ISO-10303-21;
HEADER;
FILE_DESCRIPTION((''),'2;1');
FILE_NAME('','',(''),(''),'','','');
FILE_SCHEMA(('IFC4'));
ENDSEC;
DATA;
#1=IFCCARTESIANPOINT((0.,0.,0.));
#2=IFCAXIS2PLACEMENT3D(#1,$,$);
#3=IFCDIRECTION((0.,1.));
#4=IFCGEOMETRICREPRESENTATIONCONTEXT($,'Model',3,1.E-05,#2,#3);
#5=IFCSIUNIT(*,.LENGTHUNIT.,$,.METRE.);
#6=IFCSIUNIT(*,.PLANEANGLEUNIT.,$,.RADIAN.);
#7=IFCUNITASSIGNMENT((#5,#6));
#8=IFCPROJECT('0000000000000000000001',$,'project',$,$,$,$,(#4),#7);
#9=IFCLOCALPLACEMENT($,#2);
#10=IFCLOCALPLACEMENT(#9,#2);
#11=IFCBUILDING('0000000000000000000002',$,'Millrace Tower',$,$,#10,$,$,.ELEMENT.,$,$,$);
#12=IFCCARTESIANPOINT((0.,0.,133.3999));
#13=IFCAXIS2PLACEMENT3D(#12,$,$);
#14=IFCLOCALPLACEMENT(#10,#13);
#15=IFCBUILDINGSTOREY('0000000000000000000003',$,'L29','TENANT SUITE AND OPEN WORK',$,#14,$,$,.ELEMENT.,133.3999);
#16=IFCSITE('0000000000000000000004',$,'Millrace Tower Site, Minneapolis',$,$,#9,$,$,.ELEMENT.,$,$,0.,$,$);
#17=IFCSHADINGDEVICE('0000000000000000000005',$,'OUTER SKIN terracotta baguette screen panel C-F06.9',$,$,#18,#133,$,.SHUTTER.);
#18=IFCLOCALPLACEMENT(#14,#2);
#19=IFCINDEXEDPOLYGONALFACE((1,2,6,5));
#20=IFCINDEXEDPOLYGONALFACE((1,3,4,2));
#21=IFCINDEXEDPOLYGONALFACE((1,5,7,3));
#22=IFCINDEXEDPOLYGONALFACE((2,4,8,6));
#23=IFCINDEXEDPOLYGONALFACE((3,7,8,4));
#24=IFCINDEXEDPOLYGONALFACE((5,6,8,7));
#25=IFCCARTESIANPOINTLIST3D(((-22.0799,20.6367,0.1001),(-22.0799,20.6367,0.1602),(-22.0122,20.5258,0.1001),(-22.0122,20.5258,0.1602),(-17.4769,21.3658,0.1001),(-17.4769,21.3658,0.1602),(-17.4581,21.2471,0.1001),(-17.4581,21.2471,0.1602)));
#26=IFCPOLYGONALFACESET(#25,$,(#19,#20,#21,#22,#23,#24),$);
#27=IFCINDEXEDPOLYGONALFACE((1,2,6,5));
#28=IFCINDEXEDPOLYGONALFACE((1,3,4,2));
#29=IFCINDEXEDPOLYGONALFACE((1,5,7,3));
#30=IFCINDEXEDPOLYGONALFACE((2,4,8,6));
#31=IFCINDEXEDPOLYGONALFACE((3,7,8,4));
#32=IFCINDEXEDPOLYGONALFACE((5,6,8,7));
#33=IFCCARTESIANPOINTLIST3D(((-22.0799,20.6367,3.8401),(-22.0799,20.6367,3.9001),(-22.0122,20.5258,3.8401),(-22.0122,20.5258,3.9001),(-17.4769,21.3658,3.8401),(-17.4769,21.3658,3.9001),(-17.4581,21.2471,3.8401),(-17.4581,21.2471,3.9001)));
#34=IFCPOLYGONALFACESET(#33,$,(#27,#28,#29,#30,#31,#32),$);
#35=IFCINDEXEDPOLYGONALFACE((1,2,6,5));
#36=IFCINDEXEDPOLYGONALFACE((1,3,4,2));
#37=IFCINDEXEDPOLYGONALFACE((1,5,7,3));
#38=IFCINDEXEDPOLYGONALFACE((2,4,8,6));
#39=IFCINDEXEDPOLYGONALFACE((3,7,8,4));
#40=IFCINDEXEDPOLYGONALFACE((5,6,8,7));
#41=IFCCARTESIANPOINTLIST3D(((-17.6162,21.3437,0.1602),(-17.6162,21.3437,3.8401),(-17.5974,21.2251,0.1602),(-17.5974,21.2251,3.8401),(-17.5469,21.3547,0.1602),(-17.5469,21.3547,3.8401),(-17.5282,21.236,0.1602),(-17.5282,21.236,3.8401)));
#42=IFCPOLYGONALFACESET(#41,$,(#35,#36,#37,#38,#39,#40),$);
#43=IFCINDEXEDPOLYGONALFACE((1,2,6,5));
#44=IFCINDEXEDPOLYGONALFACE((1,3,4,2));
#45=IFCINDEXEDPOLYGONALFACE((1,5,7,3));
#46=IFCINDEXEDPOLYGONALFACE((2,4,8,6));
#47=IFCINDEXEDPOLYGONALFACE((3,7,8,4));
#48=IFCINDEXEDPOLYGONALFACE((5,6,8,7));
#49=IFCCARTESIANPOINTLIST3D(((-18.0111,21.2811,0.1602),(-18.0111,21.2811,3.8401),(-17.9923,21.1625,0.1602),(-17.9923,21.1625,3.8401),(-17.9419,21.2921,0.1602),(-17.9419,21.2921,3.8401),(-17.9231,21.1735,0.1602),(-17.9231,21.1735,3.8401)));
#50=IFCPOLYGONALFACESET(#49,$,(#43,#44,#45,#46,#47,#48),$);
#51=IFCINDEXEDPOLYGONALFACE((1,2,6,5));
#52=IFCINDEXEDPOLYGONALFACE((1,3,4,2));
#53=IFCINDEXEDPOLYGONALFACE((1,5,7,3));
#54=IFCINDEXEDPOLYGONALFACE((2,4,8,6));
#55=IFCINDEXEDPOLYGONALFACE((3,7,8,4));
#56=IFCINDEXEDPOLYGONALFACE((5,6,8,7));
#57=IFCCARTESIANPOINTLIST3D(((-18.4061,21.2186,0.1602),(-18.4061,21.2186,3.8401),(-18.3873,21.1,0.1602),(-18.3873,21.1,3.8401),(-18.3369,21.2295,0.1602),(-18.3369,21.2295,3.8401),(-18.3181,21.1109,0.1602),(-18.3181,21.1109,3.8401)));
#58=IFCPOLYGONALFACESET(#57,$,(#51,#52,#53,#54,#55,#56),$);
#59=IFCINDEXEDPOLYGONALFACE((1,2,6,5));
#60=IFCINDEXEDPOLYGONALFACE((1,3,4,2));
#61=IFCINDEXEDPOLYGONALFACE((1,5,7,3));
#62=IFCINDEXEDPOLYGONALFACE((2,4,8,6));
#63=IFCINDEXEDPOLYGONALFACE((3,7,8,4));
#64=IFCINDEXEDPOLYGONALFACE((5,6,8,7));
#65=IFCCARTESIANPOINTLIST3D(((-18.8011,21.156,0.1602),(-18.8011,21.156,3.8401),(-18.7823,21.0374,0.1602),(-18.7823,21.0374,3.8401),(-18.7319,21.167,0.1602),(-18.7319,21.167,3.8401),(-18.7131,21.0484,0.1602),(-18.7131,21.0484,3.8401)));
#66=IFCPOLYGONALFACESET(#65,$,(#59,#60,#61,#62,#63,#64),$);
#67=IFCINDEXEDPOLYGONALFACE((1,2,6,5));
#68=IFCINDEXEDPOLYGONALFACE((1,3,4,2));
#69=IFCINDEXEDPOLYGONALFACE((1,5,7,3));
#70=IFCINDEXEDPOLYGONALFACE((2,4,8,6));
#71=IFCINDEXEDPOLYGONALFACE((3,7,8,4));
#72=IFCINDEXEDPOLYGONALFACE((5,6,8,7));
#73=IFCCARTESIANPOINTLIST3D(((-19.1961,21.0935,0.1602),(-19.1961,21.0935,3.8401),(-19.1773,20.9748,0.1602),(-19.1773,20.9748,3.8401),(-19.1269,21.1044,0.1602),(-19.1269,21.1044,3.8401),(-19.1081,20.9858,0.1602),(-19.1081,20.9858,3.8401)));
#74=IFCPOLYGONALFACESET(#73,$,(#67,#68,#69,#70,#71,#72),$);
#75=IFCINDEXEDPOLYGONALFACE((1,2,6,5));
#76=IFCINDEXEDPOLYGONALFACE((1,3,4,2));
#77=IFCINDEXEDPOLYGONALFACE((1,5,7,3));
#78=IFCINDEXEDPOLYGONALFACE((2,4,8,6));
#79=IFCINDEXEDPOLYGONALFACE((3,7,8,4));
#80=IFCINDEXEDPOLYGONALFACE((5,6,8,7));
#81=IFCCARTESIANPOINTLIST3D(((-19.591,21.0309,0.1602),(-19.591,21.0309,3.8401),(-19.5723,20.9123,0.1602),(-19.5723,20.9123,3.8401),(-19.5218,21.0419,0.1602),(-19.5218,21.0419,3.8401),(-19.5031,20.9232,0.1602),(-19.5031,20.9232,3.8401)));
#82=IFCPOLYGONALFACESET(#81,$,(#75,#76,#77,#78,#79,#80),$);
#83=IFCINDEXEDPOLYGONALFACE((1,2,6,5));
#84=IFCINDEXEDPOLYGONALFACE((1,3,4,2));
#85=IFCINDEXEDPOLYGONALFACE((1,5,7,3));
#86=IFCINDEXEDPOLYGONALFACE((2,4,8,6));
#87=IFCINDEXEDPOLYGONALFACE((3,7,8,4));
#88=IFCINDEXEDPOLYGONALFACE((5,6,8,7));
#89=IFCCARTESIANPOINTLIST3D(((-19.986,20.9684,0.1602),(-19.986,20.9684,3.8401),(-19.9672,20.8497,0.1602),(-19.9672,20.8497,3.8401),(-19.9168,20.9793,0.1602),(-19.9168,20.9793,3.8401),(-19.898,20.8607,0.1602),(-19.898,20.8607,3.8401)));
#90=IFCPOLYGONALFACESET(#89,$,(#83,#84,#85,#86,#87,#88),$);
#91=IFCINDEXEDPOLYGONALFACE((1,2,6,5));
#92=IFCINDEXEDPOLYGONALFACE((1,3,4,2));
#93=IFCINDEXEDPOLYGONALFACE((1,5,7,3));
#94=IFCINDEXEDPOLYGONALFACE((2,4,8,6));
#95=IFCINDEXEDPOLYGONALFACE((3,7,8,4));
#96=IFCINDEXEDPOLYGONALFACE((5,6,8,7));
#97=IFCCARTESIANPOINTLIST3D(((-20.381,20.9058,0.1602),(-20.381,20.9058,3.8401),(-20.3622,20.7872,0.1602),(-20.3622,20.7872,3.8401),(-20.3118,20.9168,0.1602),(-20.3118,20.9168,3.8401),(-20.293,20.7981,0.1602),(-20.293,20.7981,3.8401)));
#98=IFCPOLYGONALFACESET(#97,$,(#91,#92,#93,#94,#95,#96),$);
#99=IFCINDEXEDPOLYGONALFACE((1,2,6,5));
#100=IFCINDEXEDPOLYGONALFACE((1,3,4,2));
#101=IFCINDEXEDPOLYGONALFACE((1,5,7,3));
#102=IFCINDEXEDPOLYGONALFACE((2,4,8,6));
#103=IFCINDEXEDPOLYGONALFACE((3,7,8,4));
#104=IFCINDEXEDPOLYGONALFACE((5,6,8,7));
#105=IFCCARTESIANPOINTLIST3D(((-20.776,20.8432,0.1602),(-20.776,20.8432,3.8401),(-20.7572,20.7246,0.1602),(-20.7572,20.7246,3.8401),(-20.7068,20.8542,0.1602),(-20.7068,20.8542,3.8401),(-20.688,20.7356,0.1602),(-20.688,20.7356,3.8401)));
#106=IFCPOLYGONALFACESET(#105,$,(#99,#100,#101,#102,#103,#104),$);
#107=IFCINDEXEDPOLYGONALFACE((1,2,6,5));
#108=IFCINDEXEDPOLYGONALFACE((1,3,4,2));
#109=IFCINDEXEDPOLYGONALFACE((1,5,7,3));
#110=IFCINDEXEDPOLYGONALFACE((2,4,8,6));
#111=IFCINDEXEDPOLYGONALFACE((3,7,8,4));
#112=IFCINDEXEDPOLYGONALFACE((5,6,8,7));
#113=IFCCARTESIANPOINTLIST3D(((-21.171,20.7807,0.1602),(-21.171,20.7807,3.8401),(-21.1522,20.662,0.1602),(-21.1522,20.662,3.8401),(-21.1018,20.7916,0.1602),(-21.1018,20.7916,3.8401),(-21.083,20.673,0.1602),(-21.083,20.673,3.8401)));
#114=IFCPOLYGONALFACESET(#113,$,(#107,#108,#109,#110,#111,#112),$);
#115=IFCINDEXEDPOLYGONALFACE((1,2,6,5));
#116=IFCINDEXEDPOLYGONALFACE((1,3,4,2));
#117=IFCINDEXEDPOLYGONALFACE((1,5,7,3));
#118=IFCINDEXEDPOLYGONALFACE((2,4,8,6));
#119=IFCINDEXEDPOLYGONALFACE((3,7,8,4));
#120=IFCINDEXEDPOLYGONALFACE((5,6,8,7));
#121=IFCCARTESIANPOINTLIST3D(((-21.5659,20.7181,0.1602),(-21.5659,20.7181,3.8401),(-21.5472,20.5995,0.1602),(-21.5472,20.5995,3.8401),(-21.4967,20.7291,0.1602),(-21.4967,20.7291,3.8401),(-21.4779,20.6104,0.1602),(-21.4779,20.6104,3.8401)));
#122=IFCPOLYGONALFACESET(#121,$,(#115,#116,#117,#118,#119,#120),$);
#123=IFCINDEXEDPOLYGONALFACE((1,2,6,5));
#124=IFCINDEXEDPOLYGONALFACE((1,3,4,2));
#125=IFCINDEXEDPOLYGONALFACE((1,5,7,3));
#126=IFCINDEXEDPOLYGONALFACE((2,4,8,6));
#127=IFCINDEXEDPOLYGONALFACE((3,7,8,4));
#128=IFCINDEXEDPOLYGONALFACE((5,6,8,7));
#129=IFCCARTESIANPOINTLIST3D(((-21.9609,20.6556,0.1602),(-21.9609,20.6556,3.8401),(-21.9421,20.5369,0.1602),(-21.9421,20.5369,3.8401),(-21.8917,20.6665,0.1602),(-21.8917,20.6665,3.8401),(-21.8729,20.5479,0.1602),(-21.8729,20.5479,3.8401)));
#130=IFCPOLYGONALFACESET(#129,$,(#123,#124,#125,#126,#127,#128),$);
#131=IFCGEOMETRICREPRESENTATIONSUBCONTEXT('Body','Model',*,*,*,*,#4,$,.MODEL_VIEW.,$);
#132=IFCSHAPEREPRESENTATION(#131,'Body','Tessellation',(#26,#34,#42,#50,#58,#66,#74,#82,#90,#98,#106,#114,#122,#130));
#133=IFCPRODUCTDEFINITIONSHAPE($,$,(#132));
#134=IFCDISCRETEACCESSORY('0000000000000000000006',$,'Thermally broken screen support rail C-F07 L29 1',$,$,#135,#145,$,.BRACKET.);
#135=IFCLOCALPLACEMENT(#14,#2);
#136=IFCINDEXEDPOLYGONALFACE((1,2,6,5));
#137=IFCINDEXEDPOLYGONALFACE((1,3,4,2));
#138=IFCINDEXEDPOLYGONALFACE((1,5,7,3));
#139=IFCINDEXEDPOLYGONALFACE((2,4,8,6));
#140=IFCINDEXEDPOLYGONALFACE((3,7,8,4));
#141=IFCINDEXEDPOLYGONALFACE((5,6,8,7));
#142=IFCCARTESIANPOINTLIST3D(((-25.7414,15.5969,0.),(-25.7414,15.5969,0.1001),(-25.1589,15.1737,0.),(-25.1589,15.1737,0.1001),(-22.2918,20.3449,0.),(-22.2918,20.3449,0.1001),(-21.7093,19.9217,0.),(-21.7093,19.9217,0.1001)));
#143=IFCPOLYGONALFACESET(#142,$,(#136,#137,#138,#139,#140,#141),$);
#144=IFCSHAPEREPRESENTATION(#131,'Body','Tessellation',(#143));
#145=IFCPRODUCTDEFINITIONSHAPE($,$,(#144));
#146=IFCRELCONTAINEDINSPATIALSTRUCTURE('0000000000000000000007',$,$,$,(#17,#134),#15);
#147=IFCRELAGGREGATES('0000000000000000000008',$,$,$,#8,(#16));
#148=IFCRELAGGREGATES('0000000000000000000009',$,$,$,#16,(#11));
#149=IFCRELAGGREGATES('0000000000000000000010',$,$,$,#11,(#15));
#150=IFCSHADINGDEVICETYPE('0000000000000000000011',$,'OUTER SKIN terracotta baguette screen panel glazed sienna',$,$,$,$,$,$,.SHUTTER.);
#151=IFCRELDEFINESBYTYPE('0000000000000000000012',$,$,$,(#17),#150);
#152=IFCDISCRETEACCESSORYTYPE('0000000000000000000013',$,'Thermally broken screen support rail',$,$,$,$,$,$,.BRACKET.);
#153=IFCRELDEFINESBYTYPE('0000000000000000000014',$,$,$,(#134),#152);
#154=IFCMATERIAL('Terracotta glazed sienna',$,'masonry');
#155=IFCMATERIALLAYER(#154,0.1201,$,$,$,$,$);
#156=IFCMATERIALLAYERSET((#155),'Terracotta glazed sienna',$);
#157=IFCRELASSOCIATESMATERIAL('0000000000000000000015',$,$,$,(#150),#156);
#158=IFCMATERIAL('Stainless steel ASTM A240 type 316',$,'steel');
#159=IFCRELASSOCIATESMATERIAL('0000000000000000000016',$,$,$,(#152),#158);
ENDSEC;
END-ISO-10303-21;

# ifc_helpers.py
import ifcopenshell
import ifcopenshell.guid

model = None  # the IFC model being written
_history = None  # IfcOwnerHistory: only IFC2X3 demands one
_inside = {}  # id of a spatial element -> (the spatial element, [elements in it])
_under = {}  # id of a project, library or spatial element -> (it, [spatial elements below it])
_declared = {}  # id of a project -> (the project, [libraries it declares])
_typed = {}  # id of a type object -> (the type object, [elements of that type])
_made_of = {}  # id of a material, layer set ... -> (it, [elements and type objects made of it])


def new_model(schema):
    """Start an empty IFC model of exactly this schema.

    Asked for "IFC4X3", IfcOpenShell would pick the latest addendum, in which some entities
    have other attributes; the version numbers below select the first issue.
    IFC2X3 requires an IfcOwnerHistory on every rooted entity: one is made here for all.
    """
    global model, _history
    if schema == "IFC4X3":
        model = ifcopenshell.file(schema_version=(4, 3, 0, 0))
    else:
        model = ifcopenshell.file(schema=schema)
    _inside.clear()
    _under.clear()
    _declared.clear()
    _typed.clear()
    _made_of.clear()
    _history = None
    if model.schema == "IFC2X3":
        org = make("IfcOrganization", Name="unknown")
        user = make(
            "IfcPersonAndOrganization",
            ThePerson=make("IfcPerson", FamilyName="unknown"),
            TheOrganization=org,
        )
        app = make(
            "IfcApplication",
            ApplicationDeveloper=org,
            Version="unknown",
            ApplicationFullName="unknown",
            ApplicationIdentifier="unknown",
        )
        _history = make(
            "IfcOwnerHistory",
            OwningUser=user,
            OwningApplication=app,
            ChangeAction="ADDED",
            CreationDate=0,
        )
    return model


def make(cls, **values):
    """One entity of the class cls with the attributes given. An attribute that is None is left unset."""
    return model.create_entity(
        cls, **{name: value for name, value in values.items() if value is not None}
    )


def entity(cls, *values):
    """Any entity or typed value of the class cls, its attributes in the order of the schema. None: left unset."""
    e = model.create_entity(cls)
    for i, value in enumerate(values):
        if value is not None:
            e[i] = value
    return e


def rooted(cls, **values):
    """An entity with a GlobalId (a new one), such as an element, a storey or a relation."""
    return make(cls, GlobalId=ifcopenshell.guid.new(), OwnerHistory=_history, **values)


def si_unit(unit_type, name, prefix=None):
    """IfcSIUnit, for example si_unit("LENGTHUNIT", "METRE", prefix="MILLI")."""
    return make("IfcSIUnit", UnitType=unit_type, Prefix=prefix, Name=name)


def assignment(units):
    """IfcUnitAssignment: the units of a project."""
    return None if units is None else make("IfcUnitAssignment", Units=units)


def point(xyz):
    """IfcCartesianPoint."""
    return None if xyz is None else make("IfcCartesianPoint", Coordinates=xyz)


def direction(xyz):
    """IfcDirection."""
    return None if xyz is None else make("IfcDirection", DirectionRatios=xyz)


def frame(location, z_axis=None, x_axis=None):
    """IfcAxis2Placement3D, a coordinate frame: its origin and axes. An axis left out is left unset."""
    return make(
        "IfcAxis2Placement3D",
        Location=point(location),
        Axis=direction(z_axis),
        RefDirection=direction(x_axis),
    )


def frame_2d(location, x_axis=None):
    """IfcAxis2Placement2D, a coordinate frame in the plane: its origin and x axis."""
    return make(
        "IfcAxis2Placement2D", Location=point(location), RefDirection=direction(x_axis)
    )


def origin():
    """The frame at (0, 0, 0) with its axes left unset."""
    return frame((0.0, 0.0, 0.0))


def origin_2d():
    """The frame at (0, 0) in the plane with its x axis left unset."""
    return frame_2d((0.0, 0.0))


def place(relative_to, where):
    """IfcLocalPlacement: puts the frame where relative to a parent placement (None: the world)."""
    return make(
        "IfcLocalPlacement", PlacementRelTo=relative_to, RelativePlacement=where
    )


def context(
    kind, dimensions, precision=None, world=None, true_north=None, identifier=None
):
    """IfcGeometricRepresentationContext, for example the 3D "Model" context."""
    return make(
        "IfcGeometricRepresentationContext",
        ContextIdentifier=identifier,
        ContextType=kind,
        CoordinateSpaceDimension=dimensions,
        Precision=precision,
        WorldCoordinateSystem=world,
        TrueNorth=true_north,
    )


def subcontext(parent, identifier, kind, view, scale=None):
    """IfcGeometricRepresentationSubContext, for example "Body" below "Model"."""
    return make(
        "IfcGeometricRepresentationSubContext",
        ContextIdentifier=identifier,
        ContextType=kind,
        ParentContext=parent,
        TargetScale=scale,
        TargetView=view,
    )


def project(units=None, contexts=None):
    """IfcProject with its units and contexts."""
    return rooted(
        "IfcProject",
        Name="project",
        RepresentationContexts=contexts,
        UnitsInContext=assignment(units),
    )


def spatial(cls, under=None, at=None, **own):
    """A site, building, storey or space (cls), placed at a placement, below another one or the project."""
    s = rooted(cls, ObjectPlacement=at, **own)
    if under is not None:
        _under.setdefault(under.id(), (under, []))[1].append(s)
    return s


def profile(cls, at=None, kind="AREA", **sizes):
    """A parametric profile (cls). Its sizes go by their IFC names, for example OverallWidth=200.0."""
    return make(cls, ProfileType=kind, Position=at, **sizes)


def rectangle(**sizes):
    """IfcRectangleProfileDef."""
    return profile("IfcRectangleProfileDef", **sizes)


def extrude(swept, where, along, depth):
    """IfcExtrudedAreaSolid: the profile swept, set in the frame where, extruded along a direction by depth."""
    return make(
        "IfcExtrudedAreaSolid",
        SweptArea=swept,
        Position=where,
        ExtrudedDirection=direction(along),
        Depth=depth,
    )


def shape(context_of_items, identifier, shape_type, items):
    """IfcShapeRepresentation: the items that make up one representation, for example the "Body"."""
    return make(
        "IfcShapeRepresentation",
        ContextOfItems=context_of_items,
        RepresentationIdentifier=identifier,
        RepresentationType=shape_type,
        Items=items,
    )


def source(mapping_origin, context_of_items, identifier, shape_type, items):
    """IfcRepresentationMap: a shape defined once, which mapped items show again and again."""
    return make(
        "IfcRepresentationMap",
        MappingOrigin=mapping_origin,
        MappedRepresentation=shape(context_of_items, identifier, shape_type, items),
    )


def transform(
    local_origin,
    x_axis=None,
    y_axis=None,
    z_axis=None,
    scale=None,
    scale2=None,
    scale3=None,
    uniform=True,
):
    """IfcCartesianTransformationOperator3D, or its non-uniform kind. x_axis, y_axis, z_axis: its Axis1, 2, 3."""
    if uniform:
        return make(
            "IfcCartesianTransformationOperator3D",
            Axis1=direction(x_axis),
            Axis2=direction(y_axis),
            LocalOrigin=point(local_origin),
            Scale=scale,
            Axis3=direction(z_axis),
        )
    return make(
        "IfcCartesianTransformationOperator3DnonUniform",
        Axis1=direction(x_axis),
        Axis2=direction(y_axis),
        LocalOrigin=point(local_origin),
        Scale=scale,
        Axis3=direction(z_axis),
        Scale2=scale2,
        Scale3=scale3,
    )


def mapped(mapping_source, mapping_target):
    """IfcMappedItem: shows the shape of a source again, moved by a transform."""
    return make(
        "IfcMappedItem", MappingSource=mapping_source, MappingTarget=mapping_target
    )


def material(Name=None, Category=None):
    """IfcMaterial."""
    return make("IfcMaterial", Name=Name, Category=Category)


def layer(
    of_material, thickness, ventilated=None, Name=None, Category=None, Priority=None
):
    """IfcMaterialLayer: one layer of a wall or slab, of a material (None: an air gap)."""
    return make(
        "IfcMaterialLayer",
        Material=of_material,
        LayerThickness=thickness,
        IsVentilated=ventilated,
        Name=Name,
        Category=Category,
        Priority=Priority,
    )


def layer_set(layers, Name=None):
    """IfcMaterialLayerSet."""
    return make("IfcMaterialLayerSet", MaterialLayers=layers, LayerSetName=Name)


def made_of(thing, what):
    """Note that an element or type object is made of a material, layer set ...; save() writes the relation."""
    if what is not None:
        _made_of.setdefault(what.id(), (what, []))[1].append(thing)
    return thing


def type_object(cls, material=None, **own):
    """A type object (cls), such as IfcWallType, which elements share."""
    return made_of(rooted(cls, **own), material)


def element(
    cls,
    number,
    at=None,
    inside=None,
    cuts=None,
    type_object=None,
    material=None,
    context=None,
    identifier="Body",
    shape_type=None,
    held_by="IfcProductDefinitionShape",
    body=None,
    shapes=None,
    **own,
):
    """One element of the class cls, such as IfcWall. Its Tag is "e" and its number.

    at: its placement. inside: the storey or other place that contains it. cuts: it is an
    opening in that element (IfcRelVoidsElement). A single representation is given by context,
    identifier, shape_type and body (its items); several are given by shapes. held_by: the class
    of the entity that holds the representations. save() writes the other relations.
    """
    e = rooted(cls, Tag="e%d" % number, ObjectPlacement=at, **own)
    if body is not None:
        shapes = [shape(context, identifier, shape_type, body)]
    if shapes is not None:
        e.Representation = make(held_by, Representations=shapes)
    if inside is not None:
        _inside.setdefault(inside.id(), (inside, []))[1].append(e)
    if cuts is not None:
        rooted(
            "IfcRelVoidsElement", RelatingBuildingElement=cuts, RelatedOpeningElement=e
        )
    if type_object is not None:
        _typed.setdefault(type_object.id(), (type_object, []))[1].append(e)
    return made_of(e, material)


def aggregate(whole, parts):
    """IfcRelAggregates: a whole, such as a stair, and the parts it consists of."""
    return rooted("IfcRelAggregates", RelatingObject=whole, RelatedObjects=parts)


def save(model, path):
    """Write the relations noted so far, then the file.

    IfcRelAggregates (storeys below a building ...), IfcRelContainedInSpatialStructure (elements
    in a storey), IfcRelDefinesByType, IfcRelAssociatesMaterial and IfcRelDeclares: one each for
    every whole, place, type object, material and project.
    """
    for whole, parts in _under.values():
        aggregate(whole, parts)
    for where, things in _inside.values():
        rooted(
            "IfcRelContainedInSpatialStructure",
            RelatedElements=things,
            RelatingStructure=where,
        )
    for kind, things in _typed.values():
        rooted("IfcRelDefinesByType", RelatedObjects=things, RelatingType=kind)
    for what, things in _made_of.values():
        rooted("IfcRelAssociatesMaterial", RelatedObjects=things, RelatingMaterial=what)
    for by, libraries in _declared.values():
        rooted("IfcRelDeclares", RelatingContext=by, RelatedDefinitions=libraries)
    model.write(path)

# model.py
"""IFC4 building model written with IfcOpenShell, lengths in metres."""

from ifc_helpers import new_model, entity, si_unit, direction, frame, frame_2d, origin, origin_2d, place, context, subcontext, project, spatial, rectangle, extrude, source, transform, mapped, material, layer, layer_set, type_object, element, save


model = new_model("IFC4")

# Units and contexts
model_context = context("Model", 3, precision=1e-05, world=origin(), true_north=direction((0.0, 1.0)))
body_context = subcontext(model_context, "Body", "Model", "MODEL_VIEW")
ifc_project = project(units=[si_unit("LENGTHUNIT", "METRE"), si_unit("PLANEANGLEUNIT", "RADIAN")], contexts=[model_context])

# Site, building, storey
site_placement = place(None, origin())
site = spatial("IfcSite", under=ifc_project, at=site_placement, Name="Millrace Tower Site, Minneapolis", CompositionType="ELEMENT", RefElevation=0.0)
building_placement = place(site_placement, origin())
building = spatial("IfcBuilding", under=site, at=building_placement, Name="Millrace Tower", CompositionType="ELEMENT")
storey_placement = place(building_placement, frame((0.0, 0.0, 133.3999)))
storey = spatial("IfcBuildingStorey", under=building, at=storey_placement, Name="L29", Description="TENANT SUITE AND OPEN WORK", CompositionType="ELEMENT", Elevation=133.3999)

# Shading device
ifc_material_1 = material(Name="Terracotta glazed sienna", Category="masonry")
ifc_layer_1 = layer(ifc_material_1, 0.1201)
ifc_layer_set_1 = layer_set([ifc_layer_1], Name="Terracotta glazed sienna")
shading_device_type = type_object("IfcShadingDeviceType", Name="OUTER SKIN terracotta baguette screen panel glazed sienna", PredefinedType="SHUTTER", material=ifc_layer_set_1)
cartesian_point_1 = entity("IfcCartesianPoint", [-2.3179, 0.0601])
shared_polyline_1 = entity("IfcPolyline", [cartesian_point_1, entity("IfcCartesianPoint", [2.293, 0.0601]), entity("IfcCartesianPoint", [2.3425, -0.0601]), entity("IfcCartesianPoint", [-2.3179, -0.0601]), cartesian_point_1])
shared_shape_1 = source(origin(), body_context, "Body", "SweptSolid", [
    entity("IfcExtrudedAreaSolid", entity("IfcArbitraryClosedProfileDef", "AREA", None, shared_polyline_1), entity("IfcAxis2Placement3D", entity("IfcCartesianPoint", [0.0, 0.0, 0.0])), entity("IfcDirection", [0.0, 0.0, 1.0]), 0.0601),
    entity("IfcExtrudedAreaSolid", entity("IfcArbitraryClosedProfileDef", "AREA", None, shared_polyline_1), entity("IfcAxis2Placement3D", entity("IfcCartesianPoint", [0.0, 0.0, 3.74])), entity("IfcDirection", [0.0, 0.0, 1.0]), 0.0601),
    extrude(rectangle(XDim=0.0701, YDim=0.1201, at=frame_2d((-2.2119, 0.0))), frame((0.0, 0.0, 0.0601)), (0.0, 0.0, 1.0), 3.6799),
    extrude(rectangle(XDim=0.0701, YDim=0.1201, at=frame_2d((-1.812, 0.0))), frame((0.0, 0.0, 0.0601)), (0.0, 0.0, 1.0), 3.6799),
    extrude(rectangle(XDim=0.0701, YDim=0.1201, at=frame_2d((-1.4121, 0.0))), frame((0.0, 0.0, 0.0601)), (0.0, 0.0, 1.0), 3.6799),
    extrude(rectangle(XDim=0.0701, YDim=0.1201, at=frame_2d((-1.0122, 0.0))), frame((0.0, 0.0, 0.0601)), (0.0, 0.0, 1.0), 3.6799),
    extrude(rectangle(XDim=0.0701, YDim=0.1201, at=frame_2d((-0.6123, 0.0))), frame((0.0, 0.0, 0.0601)), (0.0, 0.0, 1.0), 3.6799),
    extrude(rectangle(XDim=0.0701, YDim=0.1201, at=frame_2d((-0.2124, 0.0))), frame((0.0, 0.0, 0.0601)), (0.0, 0.0, 1.0), 3.6799),
    extrude(rectangle(XDim=0.0701, YDim=0.1201, at=frame_2d((0.1875, 0.0))), frame((0.0, 0.0, 0.0601)), (0.0, 0.0, 1.0), 3.6799),
    extrude(rectangle(XDim=0.0701, YDim=0.1201, at=frame_2d((0.5874, 0.0))), frame((0.0, 0.0, 0.0601)), (0.0, 0.0, 1.0), 3.6799),
    extrude(rectangle(XDim=0.0701, YDim=0.1201, at=frame_2d((0.9873, 0.0))), frame((0.0, 0.0, 0.0601)), (0.0, 0.0, 1.0), 3.6799),
    extrude(rectangle(XDim=0.0701, YDim=0.1201, at=frame_2d((1.3872, 0.0))), frame((0.0, 0.0, 0.0601)), (0.0, 0.0, 1.0), 3.6799),
    extrude(rectangle(XDim=0.0701, YDim=0.1201, at=frame_2d((1.7871, 0.0))), frame((0.0, 0.0, 0.0601)), (0.0, 0.0, 1.0), 3.6799),
    extrude(rectangle(XDim=0.0701, YDim=0.1201, at=frame_2d((2.187, 0.0))), frame((0.0, 0.0, 0.0601)), (0.0, 0.0, 1.0), 3.6799),
])
shading_device_1_placement = place(storey_placement, frame((-19.7568, 20.9438, 0.1001), z_axis=(0.0, 0.0, 1.0), x_axis=(-0.987688, -0.156434, 0.0)))
element("IfcShadingDevice", 1, at=shading_device_1_placement, inside=storey, type_object=shading_device_type, Name="OUTER SKIN terracotta baguette screen panel C-F06.9", PredefinedType="SHUTTER", context=body_context, shape_type="MappedRepresentation", body=[
    mapped(shared_shape_1, transform((0.0, 0.0, 0.0), scale=1.0)),
])

# Discrete accessory
ifc_material_2 = material(Name="Stainless steel ASTM A240 type 316", Category="steel")
discrete_accessory_type = type_object("IfcDiscreteAccessoryType", Name="Thermally broken screen support rail", PredefinedType="BRACKET", material=ifc_material_2)
discrete_accessory_placement = place(storey_placement, frame((-23.7253, 17.7593, 0.0), z_axis=(0.0, 0.0, 1.0), x_axis=(-0.587785, -0.809017, 0.0)))
element("IfcDiscreteAccessory", 2, at=discrete_accessory_placement, inside=storey, type_object=discrete_accessory_type, Name="Thermally broken screen support rail C-F07 L29 1", PredefinedType="BRACKET", context=body_context, shape_type="SweptSolid", body=[
    extrude(rectangle(XDim=5.8689, YDim=0.72, at=origin_2d()), origin(), (0.0, 0.0, 1.0), 0.1001),
])

save(model, "model.ifc")
